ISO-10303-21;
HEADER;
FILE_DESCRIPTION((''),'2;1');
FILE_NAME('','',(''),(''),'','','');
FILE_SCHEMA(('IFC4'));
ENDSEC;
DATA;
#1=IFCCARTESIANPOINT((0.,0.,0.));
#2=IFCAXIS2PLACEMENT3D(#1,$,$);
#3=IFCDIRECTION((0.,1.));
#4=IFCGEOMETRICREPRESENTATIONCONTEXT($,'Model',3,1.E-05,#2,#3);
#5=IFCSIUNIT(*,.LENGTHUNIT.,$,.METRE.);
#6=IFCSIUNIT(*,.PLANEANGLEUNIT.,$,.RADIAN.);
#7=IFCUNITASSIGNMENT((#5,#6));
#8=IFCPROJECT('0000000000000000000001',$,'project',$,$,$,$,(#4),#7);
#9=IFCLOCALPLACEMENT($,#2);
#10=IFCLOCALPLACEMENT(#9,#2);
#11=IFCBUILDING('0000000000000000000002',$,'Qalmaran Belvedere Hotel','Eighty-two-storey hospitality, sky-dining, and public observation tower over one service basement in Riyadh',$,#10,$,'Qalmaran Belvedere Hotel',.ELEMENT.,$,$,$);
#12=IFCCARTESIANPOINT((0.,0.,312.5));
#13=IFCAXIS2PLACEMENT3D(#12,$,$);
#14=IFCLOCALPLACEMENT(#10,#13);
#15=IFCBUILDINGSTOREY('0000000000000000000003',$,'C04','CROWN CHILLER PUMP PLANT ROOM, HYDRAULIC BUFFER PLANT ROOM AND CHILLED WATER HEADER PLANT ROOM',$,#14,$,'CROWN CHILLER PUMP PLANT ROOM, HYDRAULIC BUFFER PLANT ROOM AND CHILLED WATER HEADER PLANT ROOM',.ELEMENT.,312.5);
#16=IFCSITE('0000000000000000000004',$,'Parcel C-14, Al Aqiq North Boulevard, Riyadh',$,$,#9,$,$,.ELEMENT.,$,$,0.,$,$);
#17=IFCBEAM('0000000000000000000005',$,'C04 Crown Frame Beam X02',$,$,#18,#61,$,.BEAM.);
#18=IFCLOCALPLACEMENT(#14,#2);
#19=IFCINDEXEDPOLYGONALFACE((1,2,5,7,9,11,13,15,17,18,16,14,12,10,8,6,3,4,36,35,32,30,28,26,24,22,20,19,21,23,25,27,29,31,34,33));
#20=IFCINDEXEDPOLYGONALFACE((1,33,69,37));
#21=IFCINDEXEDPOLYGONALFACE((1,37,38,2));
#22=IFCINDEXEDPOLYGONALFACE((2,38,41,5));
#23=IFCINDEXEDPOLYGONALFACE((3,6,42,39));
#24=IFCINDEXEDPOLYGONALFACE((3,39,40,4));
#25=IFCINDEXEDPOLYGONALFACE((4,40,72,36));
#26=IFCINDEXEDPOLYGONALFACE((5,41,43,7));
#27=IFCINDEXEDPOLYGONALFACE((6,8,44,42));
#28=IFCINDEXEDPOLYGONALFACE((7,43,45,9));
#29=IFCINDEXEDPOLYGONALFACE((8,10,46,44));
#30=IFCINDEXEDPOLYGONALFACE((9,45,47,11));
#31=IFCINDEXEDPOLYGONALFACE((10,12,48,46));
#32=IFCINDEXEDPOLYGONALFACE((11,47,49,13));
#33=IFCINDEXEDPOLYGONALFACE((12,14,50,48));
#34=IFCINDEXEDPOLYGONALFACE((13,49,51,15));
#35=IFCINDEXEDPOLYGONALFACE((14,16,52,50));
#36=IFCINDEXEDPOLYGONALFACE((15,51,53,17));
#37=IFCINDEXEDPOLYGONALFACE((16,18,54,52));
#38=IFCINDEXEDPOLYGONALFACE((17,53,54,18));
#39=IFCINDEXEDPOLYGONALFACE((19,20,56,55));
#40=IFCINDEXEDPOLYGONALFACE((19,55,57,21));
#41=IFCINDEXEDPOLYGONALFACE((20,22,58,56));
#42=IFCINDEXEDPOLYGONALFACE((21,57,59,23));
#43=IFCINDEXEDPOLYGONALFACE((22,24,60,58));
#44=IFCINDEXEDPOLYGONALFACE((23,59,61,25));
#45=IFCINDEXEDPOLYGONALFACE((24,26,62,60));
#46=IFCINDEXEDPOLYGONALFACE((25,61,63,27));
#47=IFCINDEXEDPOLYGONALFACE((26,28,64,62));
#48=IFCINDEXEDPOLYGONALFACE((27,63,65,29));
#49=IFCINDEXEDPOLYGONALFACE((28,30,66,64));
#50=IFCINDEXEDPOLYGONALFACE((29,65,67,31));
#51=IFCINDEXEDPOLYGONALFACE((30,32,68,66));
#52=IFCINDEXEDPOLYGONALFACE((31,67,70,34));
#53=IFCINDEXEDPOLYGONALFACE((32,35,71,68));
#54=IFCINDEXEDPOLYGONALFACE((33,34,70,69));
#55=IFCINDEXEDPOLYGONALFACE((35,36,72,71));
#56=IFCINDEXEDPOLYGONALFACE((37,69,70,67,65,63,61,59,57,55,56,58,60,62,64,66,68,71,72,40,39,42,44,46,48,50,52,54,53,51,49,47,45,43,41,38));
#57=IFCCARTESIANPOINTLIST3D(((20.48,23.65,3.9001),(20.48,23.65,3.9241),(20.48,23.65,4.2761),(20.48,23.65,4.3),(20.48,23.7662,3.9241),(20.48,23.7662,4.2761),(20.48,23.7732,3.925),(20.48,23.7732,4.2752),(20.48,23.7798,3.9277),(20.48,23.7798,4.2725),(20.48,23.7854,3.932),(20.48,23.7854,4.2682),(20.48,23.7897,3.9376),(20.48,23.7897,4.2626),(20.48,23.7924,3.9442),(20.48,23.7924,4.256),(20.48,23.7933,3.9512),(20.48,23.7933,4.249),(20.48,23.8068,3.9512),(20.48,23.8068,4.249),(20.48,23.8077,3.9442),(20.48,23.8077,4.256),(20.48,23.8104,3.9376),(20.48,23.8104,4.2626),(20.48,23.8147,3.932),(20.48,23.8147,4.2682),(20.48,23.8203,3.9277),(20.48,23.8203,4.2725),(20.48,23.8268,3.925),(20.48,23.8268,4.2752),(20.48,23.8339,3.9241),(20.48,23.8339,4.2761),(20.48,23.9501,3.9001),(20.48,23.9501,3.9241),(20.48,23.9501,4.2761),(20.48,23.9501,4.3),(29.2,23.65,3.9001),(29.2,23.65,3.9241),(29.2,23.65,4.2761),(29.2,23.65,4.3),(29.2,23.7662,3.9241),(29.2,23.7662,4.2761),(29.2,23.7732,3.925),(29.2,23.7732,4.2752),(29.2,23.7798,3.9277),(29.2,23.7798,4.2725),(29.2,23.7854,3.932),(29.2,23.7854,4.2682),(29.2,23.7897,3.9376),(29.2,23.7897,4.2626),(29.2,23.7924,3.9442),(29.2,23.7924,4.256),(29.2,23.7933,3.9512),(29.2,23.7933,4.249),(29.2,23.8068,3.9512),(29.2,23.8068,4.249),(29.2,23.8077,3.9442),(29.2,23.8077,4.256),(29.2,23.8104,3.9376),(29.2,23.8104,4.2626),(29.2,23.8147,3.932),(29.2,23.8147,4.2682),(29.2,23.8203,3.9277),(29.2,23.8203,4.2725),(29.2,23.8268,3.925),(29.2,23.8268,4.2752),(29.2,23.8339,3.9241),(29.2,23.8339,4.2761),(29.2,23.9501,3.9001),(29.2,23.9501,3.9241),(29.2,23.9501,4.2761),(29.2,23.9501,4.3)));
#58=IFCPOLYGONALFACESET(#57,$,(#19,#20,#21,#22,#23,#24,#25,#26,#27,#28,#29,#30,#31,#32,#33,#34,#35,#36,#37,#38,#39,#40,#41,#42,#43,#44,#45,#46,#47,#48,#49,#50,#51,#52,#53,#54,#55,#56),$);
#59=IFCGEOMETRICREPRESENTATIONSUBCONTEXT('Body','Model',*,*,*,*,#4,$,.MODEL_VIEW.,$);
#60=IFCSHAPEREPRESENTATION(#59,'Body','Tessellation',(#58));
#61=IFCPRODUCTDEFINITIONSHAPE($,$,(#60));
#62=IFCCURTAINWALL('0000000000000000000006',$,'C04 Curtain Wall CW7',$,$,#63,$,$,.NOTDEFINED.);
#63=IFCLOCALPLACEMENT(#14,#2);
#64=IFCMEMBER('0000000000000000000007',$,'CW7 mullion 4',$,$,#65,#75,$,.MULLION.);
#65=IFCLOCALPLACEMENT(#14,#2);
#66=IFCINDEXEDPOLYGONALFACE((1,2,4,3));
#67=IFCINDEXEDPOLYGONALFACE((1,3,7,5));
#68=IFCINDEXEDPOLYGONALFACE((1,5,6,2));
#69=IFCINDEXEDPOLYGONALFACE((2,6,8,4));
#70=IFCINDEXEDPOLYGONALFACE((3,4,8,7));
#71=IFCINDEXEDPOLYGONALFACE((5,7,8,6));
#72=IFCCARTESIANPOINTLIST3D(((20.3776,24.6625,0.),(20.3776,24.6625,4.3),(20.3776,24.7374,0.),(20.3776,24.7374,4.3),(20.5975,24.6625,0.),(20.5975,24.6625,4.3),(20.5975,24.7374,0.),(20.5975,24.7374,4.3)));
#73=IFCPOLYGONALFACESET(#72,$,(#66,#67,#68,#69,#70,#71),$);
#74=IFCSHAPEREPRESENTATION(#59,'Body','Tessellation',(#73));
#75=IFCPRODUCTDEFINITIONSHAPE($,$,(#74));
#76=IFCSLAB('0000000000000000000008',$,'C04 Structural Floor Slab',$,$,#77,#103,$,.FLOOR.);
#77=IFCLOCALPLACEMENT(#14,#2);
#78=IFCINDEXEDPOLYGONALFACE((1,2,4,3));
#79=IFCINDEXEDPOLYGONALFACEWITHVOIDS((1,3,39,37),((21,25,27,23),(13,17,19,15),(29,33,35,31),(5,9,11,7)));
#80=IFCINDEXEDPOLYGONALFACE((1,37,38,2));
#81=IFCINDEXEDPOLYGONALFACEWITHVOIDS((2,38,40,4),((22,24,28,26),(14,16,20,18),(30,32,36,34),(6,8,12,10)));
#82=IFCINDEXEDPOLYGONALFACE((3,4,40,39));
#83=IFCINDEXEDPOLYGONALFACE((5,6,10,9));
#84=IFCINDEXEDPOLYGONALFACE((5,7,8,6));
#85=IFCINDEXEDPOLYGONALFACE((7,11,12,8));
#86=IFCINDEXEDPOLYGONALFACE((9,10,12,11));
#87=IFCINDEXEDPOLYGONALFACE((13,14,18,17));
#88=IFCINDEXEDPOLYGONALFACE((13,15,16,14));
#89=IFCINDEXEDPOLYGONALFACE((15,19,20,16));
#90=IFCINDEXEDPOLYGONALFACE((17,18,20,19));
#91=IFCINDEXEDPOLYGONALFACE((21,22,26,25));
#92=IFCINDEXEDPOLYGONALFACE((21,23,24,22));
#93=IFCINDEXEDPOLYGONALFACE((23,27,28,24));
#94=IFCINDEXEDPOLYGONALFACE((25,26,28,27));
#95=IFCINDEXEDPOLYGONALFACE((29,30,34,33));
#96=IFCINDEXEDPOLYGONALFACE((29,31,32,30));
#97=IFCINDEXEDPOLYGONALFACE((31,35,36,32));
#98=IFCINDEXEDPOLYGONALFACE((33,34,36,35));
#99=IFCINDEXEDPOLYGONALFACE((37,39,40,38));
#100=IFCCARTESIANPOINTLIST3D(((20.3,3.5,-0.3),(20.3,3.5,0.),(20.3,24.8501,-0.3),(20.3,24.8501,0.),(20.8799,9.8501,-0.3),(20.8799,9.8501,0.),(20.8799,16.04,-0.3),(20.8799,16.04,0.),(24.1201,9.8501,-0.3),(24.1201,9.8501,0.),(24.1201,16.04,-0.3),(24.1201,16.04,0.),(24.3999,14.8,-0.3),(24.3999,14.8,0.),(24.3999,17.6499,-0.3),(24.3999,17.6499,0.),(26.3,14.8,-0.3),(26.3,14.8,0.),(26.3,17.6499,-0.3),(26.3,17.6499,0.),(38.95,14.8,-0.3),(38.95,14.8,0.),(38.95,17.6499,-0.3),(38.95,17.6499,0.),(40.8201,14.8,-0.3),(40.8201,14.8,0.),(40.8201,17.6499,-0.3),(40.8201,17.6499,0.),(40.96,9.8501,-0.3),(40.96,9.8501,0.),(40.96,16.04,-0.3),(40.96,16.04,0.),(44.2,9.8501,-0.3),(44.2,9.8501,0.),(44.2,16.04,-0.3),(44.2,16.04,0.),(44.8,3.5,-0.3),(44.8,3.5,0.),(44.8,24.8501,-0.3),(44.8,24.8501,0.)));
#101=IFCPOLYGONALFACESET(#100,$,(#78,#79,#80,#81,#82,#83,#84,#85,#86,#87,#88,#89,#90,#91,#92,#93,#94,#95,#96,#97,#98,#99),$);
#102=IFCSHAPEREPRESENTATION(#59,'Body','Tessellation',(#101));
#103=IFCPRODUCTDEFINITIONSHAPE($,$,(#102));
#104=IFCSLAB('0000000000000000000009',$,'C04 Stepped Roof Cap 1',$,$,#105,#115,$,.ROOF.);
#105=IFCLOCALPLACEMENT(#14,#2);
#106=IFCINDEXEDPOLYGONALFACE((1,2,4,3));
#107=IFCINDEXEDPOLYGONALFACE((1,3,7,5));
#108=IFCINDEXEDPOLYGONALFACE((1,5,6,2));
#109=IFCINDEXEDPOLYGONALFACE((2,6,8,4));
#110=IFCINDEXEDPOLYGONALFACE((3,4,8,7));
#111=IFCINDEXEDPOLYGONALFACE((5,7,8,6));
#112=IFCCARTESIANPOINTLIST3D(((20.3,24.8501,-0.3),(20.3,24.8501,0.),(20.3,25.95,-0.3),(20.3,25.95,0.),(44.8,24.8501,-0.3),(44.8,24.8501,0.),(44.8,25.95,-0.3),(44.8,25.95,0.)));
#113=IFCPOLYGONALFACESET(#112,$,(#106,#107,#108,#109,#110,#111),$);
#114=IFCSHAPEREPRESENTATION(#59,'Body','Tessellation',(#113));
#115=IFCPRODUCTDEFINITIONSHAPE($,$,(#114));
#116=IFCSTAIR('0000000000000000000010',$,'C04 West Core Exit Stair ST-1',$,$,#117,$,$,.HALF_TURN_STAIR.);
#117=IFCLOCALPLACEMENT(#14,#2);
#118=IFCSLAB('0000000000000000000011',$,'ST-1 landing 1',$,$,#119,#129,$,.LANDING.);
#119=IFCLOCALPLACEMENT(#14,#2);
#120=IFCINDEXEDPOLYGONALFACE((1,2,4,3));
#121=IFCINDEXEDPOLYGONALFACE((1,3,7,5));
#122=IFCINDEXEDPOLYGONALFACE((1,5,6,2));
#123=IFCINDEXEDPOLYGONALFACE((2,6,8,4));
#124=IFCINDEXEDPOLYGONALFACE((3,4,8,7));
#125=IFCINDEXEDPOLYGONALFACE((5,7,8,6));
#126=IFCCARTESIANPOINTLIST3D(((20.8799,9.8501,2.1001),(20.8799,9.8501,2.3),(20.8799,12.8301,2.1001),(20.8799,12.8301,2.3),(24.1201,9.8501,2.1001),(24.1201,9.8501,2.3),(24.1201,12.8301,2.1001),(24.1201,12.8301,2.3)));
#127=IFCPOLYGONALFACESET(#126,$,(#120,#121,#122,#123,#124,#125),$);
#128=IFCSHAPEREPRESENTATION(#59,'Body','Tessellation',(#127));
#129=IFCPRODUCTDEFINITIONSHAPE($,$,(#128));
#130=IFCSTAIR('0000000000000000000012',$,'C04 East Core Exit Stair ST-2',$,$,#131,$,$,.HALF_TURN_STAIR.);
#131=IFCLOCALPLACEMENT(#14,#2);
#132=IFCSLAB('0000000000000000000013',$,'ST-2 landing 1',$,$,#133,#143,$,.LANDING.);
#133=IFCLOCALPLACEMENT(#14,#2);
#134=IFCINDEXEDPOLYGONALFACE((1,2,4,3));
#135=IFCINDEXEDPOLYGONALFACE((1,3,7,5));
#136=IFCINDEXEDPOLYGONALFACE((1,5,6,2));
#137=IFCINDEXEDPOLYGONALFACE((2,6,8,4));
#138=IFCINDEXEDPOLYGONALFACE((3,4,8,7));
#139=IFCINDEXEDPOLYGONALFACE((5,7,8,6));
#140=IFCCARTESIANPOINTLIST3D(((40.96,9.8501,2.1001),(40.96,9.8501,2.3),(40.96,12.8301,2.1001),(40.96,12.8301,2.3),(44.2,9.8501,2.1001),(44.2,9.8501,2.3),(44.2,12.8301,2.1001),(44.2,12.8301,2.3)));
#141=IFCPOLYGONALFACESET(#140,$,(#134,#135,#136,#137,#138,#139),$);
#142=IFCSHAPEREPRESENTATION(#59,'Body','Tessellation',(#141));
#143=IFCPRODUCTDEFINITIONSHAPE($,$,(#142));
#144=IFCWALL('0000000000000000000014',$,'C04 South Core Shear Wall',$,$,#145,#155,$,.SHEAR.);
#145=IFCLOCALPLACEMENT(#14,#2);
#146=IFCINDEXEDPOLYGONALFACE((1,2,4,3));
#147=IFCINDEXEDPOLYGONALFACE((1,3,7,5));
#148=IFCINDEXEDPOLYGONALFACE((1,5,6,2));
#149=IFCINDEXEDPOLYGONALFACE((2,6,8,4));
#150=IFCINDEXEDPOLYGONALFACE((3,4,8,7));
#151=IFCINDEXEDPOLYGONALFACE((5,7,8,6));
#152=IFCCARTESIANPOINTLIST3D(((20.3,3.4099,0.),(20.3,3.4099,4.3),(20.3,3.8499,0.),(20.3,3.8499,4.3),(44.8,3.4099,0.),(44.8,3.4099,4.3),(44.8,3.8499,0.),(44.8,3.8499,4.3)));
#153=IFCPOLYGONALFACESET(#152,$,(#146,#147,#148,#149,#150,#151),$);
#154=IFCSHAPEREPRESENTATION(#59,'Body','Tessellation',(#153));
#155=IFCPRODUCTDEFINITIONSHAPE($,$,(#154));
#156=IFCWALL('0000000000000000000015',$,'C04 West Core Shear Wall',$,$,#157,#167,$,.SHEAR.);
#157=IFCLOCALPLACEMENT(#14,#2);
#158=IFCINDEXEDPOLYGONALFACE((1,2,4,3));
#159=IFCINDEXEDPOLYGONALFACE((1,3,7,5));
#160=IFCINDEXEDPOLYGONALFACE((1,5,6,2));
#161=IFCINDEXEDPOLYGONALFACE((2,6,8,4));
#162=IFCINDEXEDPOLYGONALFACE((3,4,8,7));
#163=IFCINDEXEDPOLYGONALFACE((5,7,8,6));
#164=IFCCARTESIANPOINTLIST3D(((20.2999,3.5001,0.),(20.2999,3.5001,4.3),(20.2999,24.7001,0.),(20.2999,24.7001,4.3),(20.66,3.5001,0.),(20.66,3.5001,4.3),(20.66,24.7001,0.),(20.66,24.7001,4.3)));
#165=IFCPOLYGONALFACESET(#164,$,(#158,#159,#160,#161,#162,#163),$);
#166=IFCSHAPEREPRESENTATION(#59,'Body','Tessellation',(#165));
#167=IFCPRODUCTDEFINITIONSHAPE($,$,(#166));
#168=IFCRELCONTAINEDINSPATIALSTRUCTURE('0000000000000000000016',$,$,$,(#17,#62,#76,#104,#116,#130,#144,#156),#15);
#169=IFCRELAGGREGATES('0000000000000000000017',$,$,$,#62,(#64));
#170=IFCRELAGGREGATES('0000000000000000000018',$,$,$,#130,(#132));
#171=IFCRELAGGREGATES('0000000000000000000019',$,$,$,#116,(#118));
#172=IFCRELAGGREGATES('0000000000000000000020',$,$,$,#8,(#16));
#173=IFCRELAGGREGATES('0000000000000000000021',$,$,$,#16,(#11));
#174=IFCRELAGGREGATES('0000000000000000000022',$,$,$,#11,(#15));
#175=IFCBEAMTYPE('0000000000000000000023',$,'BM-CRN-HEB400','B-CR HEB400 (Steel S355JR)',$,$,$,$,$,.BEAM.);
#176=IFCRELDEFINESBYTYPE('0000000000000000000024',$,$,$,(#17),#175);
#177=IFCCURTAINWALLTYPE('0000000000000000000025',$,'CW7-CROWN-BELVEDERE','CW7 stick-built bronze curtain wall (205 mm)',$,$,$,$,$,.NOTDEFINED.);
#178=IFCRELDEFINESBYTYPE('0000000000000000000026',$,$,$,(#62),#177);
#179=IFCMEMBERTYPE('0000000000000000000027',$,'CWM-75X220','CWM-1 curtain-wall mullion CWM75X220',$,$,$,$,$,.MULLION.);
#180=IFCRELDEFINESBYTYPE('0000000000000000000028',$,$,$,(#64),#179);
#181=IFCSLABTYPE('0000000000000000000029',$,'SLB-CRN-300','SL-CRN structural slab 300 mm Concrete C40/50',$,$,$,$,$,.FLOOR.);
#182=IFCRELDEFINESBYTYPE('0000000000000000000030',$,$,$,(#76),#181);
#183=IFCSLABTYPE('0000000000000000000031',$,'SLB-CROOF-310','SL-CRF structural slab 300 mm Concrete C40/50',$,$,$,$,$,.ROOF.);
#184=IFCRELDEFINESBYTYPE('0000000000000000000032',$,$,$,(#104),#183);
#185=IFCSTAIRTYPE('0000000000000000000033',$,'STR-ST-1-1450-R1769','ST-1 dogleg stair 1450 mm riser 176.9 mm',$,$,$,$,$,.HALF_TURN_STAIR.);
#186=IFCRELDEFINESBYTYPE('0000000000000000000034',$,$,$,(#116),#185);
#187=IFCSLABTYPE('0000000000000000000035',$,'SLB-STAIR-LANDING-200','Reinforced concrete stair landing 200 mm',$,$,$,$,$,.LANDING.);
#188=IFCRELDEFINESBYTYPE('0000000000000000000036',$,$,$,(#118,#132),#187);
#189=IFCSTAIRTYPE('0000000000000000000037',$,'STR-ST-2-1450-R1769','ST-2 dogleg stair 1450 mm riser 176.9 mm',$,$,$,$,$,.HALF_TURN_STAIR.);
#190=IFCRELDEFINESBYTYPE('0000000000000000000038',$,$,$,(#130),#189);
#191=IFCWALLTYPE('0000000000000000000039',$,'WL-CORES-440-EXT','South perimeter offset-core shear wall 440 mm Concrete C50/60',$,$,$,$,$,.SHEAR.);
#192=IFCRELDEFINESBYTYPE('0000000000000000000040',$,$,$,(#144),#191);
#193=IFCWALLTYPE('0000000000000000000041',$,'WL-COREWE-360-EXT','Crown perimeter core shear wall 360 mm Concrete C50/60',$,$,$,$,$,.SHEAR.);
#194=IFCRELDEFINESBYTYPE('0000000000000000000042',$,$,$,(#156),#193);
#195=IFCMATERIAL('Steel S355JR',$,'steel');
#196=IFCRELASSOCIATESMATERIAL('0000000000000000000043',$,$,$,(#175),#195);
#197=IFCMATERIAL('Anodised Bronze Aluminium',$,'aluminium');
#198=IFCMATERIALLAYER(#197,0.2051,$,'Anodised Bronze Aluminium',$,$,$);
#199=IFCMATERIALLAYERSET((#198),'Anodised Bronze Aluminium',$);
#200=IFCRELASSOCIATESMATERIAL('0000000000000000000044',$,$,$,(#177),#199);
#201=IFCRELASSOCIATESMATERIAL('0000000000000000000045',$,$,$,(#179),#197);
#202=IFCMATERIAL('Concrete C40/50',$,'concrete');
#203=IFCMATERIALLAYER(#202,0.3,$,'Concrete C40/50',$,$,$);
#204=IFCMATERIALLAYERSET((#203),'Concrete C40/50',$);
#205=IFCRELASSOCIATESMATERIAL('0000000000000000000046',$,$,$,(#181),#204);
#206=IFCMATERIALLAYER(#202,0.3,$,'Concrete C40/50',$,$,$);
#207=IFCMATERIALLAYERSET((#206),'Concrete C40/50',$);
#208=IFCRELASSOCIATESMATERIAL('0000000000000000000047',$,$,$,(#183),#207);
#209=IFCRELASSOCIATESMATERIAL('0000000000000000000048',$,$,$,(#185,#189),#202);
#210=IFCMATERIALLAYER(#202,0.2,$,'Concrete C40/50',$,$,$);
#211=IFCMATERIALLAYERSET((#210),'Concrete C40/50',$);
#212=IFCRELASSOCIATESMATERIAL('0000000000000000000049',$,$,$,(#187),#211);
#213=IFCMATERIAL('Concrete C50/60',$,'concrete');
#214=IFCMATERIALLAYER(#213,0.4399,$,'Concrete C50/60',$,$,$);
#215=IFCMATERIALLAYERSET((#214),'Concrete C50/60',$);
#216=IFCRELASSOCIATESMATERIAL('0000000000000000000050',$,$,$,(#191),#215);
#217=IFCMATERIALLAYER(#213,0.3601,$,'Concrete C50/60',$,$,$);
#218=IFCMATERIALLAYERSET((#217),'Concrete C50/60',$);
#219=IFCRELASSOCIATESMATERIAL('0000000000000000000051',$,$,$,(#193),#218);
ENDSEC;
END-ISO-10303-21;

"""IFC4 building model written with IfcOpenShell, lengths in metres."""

from ifc_helpers import new_model, si_unit, direction, frame, frame_2d, origin, origin_2d, place, context, subcontext, project, spatial, polyline, rectangle, i_section, outline, extrude, material, layer, layer_set, material_profile, profile_set, type_object, element, aggregate, save


model = new_model("IFC4")

# Units and contexts
model_context = context("Model", 3, precision=1e-05, world=origin(), true_north=direction((0.0, 1.0)))
body_context = subcontext(model_context, "Body", "Model", "MODEL_VIEW")
ifc_project = project(units=[si_unit("LENGTHUNIT", "METRE"), si_unit("PLANEANGLEUNIT", "RADIAN")], contexts=[model_context])

# Site, building, storey
site_placement = place(None, origin())
site = spatial("IfcSite", under=ifc_project, at=site_placement, Name="Parcel C-14, Al Aqiq North Boulevard, Riyadh", CompositionType="ELEMENT", RefElevation=0.0)
building_placement = place(site_placement, origin())
building = spatial("IfcBuilding", under=site, at=building_placement, Name="Qalmaran Belvedere Hotel", Description="Eighty-two-storey hospitality, sky-dining, and public observation tower over one service basement in Riyadh", LongName="Qalmaran Belvedere Hotel", CompositionType="ELEMENT")
storey_placement = place(building_placement, frame((0.0, 0.0, 312.5)))
storey = spatial("IfcBuildingStorey", under=building, at=storey_placement, Name="C04", Description="CROWN CHILLER PUMP PLANT ROOM, HYDRAULIC BUFFER PLANT ROOM AND CHILLED WATER HEADER PLANT ROOM", LongName="CROWN CHILLER PUMP PLANT ROOM, HYDRAULIC BUFFER PLANT ROOM AND CHILLED WATER HEADER PLANT ROOM", CompositionType="ELEMENT", Elevation=312.5)

# Beam
ifc_material_1 = material(Name="Steel S355JR", Category="steel")
ifc_material_profile_1 = material_profile(ifc_material_1, i_section(OverallWidth=0.3, OverallDepth=0.3999, WebThickness=0.0134, FlangeThickness=0.0239, FilletRadius=0.0271, at=origin_2d()), Name="HEB400")
ifc_profile_set_1 = profile_set([ifc_material_profile_1], Name="Steel S355JR")
beam_type = type_object("IfcBeamType", Name="BM-CRN-HEB400", Description="B-CR HEB400 (Steel S355JR)", PredefinedType="BEAM", material=ifc_profile_set_1)
beam_placement = place(storey_placement, frame((20.48, 23.8, 4.1001), z_axis=(1.0, 0.0, 0.0), x_axis=(0.0, 1.0, 0.0)))
element("IfcBeam", 1, at=beam_placement, inside=storey, type_object=beam_type, Name="C04 Crown Frame Beam X02", PredefinedType="BEAM", context=body_context, shape_type="SweptSolid", body=[
    extrude(i_section(OverallWidth=0.3, OverallDepth=0.3999, WebThickness=0.0134, FlangeThickness=0.0239, FilletRadius=0.0271, at=origin_2d()), origin(), (0.0, 0.0, 1.0), 8.72),
])

# Curtain wall, member
ifc_material_2 = material(Name="Anodised Bronze Aluminium", Category="aluminium")
ifc_layer_1 = layer(ifc_material_2, 0.2051, Name="Anodised Bronze Aluminium")
ifc_layer_set_1 = layer_set([ifc_layer_1], Name="Anodised Bronze Aluminium")
curtain_wall_type = type_object("IfcCurtainWallType", Name="CW7-CROWN-BELVEDERE", Description="CW7 stick-built bronze curtain wall (205 mm)", PredefinedType="NOTDEFINED", material=ifc_layer_set_1)
curtain_wall_placement = place(storey_placement, origin())
curtain_wall = element("IfcCurtainWall", 2, at=curtain_wall_placement, inside=storey, type_object=curtain_wall_type, Name="C04 Curtain Wall CW7", PredefinedType="NOTDEFINED")
ifc_material_profile_2 = material_profile(ifc_material_2, rectangle(XDim=0.075, YDim=0.22, at=origin_2d()), Name="CWM75X220")
ifc_profile_set_2 = profile_set([ifc_material_profile_2], Name="Anodised Bronze Aluminium")
member_type = type_object("IfcMemberType", Name="CWM-75X220", Description="CWM-1 curtain-wall mullion CWM75X220", PredefinedType="MULLION", material=ifc_profile_set_2)
member_placement = place(storey_placement, frame((20.4875, 24.7, 0.0), z_axis=(0.0, 0.0, 1.0), x_axis=(0.0, -1.0, 0.0)))
member = element("IfcMember", 3, at=member_placement, type_object=member_type, Name="CW7 mullion 4", PredefinedType="MULLION", context=body_context, shape_type="SweptSolid", body=[
    extrude(rectangle(XDim=0.075, YDim=0.22, at=origin_2d()), origin(), (0.0, 0.0, 1.0), 4.3),
])
aggregate(curtain_wall, [member])

# Slabs
ifc_material_3 = material(Name="Concrete C40/50", Category="concrete")
ifc_layer_2 = layer(ifc_material_3, 0.3, Name="Concrete C40/50")
ifc_layer_set_2 = layer_set([ifc_layer_2], Name="Concrete C40/50")
slab_type_1 = type_object("IfcSlabType", Name="SLB-CRN-300", Description="SL-CRN structural slab 300 mm Concrete C40/50", PredefinedType="FLOOR", material=ifc_layer_set_2)
slab_1_placement = place(storey_placement, frame((0.0, 0.0, -0.3)))
element("IfcSlab", 4, at=slab_1_placement, inside=storey, type_object=slab_type_1, Name="C04 Structural Floor Slab", PredefinedType="FLOOR", context=body_context, shape_type="SweptSolid", body=[
    extrude(outline(polyline([(20.3, 3.5), (44.8, 3.5), (44.8, 24.8501), (20.3, 24.8501), (20.3, 3.5)]), holes=[polyline([(20.8799, 9.8501), (24.1201, 9.8501), (24.1201, 16.04), (20.8799, 16.04), (20.8799, 9.8501)]), polyline([(40.96, 9.8501), (44.2, 9.8501), (44.2, 16.04), (40.96, 16.04), (40.96, 9.8501)]), polyline([(24.3999, 14.8), (26.3, 14.8), (26.3, 17.6499), (24.3999, 17.6499), (24.3999, 14.8)]), polyline([(38.95, 14.8), (40.8201, 14.8), (40.8201, 17.6499), (38.95, 17.6499), (38.95, 14.8)])]), origin(), (0.0, 0.0, 1.0), 0.3),
])
ifc_layer_3 = layer(ifc_material_3, 0.3, Name="Concrete C40/50")
ifc_layer_set_3 = layer_set([ifc_layer_3], Name="Concrete C40/50")
slab_type_2 = type_object("IfcSlabType", Name="SLB-CROOF-310", Description="SL-CRF structural slab 300 mm Concrete C40/50", PredefinedType="ROOF", material=ifc_layer_set_3)
slab_2_placement = place(storey_placement, frame((0.0, 0.0, -0.3)))
element("IfcSlab", 5, at=slab_2_placement, inside=storey, type_object=slab_type_2, Name="C04 Stepped Roof Cap 1", PredefinedType="ROOF", context=body_context, shape_type="SweptSolid", body=[
    extrude(outline(polyline([(20.3, 25.95), (44.8, 25.95), (44.8, 24.8501), (20.3, 24.8501), (20.3, 25.95)])), origin(), (0.0, 0.0, 1.0), 0.3),
])

# Stairs, slabs
stair_type_1 = type_object("IfcStairType", Name="STR-ST-1-1450-R1769", Description="ST-1 dogleg stair 1450 mm riser 176.9 mm", PredefinedType="HALF_TURN_STAIR", material=ifc_material_3)
stair_1_placement = place(storey_placement, origin())
stair_1 = element("IfcStair", 6, at=stair_1_placement, inside=storey, type_object=stair_type_1, Name="C04 West Core Exit Stair ST-1", PredefinedType="HALF_TURN_STAIR")
ifc_layer_4 = layer(ifc_material_3, 0.2, Name="Concrete C40/50")
ifc_layer_set_4 = layer_set([ifc_layer_4], Name="Concrete C40/50")
slab_type_3 = type_object("IfcSlabType", Name="SLB-STAIR-LANDING-200", Description="Reinforced concrete stair landing 200 mm", PredefinedType="LANDING", material=ifc_layer_set_4)
slab_3_placement = place(storey_placement, frame((0.0, 0.0, 2.1001)))
slab_3 = element("IfcSlab", 7, at=slab_3_placement, type_object=slab_type_3, Name="ST-1 landing 1", PredefinedType="LANDING", context=body_context, shape_type="SweptSolid", body=[
    extrude(outline(polyline([(20.8799, 12.8301), (20.8799, 9.8501), (24.1201, 9.8501), (24.1201, 12.8301), (20.8799, 12.8301)])), origin(), (0.0, 0.0, 1.0), 0.2),
])
stair_type_2 = type_object("IfcStairType", Name="STR-ST-2-1450-R1769", Description="ST-2 dogleg stair 1450 mm riser 176.9 mm", PredefinedType="HALF_TURN_STAIR", material=ifc_material_3)
stair_2_placement = place(storey_placement, origin())
stair_2 = element("IfcStair", 8, at=stair_2_placement, inside=storey, type_object=stair_type_2, Name="C04 East Core Exit Stair ST-2", PredefinedType="HALF_TURN_STAIR")
slab_4_placement = place(storey_placement, frame((0.0, 0.0, 2.1001)))
slab_4 = element("IfcSlab", 9, at=slab_4_placement, type_object=slab_type_3, Name="ST-2 landing 1", PredefinedType="LANDING", context=body_context, shape_type="SweptSolid", body=[
    extrude(outline(polyline([(40.96, 12.8301), (40.96, 9.8501), (44.2, 9.8501), (44.2, 12.8301), (40.96, 12.8301)])), origin(), (0.0, 0.0, 1.0), 0.2),
])
aggregate(stair_2, [slab_4])

# Walls
ifc_material_4 = material(Name="Concrete C50/60", Category="concrete")
ifc_layer_5 = layer(ifc_material_4, 0.4399, Name="Concrete C50/60")
ifc_layer_set_5 = layer_set([ifc_layer_5], Name="Concrete C50/60")
wall_type_1 = type_object("IfcWallType", Name="WL-CORES-440-EXT", Description="South perimeter offset-core shear wall 440 mm Concrete C50/60", PredefinedType="SHEAR", material=ifc_layer_set_5)
wall_1_placement = place(storey_placement, frame((20.3, 3.6299, 0.0), z_axis=(0.0, 0.0, 1.0), x_axis=(1.0, 0.0, 0.0)))
element("IfcWall", 10, at=wall_1_placement, inside=storey, type_object=wall_type_1, Name="C04 South Core Shear Wall", PredefinedType="SHEAR", context=body_context, shape_type="SweptSolid", body=[
    extrude(rectangle(XDim=24.5, YDim=0.4399, at=frame_2d((12.25, 0.0))), origin(), (0.0, 0.0, 1.0), 4.3),
])
ifc_layer_6 = layer(ifc_material_4, 0.3601, Name="Concrete C50/60")
ifc_layer_set_6 = layer_set([ifc_layer_6], Name="Concrete C50/60")
wall_type_2 = type_object("IfcWallType", Name="WL-COREWE-360-EXT", Description="Crown perimeter core shear wall 360 mm Concrete C50/60", PredefinedType="SHEAR", material=ifc_layer_set_6)
wall_2_placement = place(storey_placement, frame((20.48, 3.5, 0.0), z_axis=(0.0, 0.0, 1.0), x_axis=(0.0, 1.0, 0.0)))
element("IfcWall", 11, at=wall_2_placement, inside=storey, type_object=wall_type_2, Name="C04 West Core Shear Wall", PredefinedType="SHEAR", context=body_context, shape_type="SweptSolid", body=[
    extrude(rectangle(XDim=21.2, YDim=0.3601, at=frame_2d((10.6001, 0.0))), origin(), (0.0, 0.0, 1.0), 4.3),
])

aggregate(stair_1, [slab_3])

save(model, "model.ifc")
